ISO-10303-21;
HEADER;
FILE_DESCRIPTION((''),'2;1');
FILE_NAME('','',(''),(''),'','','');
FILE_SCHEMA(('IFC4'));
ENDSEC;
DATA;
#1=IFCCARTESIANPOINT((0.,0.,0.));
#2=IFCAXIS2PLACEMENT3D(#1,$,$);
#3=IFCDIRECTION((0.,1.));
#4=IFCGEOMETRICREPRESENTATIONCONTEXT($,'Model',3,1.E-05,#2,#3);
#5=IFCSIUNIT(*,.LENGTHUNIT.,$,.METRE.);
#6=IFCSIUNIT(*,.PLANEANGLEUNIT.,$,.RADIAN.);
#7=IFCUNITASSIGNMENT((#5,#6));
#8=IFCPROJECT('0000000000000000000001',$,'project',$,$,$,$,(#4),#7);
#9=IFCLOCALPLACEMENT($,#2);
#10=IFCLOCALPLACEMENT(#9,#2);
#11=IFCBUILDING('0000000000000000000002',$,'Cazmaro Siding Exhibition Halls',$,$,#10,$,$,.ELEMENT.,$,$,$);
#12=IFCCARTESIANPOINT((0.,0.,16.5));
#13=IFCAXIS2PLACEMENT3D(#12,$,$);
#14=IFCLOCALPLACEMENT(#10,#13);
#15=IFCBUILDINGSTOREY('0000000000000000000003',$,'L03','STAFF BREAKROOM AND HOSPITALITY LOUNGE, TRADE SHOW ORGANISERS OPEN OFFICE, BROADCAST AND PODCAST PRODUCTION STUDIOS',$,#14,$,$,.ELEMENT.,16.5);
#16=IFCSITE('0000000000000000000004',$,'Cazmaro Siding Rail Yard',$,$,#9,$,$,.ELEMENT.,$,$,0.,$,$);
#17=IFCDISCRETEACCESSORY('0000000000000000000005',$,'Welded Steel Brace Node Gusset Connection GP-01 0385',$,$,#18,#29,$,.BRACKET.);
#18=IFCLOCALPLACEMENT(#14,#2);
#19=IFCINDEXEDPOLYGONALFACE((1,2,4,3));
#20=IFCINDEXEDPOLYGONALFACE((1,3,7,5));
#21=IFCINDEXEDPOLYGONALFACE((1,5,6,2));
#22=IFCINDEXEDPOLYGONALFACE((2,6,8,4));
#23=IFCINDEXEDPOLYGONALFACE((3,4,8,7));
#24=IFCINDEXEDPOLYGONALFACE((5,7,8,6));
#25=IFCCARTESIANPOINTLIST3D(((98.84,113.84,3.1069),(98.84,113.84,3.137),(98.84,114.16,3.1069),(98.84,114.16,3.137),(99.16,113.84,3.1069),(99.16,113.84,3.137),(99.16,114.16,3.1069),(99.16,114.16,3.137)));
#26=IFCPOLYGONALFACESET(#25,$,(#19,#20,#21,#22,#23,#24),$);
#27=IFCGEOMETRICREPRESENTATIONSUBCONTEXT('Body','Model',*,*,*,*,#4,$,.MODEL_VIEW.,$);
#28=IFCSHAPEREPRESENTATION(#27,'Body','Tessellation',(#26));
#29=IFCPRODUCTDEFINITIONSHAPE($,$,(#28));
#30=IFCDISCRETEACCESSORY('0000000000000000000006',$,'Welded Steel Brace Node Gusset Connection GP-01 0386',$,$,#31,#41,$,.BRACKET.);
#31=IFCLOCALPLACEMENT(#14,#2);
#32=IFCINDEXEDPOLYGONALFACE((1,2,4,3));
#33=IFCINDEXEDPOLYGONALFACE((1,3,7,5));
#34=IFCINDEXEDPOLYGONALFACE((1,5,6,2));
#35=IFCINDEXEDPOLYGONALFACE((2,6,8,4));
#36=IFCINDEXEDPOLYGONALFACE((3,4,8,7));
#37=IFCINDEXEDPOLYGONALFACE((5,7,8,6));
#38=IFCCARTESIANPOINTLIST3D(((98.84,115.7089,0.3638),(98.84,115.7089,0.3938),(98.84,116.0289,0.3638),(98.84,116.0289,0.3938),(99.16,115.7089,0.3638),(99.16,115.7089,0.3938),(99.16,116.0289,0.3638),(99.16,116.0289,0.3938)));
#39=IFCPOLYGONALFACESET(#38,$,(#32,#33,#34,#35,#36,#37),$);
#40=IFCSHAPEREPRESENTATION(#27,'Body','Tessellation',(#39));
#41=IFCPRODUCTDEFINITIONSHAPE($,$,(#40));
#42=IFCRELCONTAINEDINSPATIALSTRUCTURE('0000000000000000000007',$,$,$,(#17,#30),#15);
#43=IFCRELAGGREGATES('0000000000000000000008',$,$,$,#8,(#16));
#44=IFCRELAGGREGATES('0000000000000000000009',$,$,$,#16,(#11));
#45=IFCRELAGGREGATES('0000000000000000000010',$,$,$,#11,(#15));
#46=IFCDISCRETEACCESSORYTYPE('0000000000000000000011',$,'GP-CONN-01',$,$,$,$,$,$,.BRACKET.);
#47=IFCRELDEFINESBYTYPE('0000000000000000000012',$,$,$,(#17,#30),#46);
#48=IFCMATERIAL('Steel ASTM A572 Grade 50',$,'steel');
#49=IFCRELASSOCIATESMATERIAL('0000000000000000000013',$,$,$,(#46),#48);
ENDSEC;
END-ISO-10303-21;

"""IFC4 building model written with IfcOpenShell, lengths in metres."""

from ifc_helpers import new_model, si_unit, direction, frame, origin, origin_2d, place, context, subcontext, project, spatial, rectangle, extrude, material, type_object, element, save


model = new_model("IFC4")

# Units and contexts
model_context = context("Model", 3, precision=1e-05, world=origin(), true_north=direction((0.0, 1.0)))
body_context = subcontext(model_context, "Body", "Model", "MODEL_VIEW")
ifc_project = project(units=[si_unit("LENGTHUNIT", "METRE"), si_unit("PLANEANGLEUNIT", "RADIAN")], contexts=[model_context])

# Site, building, storey
site_placement = place(None, origin())
site = spatial("IfcSite", under=ifc_project, at=site_placement, Name="Cazmaro Siding Rail Yard", CompositionType="ELEMENT", RefElevation=0.0)
building_placement = place(site_placement, origin())
building = spatial("IfcBuilding", under=site, at=building_placement, Name="Cazmaro Siding Exhibition Halls", CompositionType="ELEMENT")
storey_placement = place(building_placement, frame((0.0, 0.0, 16.5)))
storey = spatial("IfcBuildingStorey", under=building, at=storey_placement, Name="L03", Description="STAFF BREAKROOM AND HOSPITALITY LOUNGE, TRADE SHOW ORGANISERS OPEN OFFICE, BROADCAST AND PODCAST PRODUCTION STUDIOS", CompositionType="ELEMENT", Elevation=16.5)

# Discrete accessories
ifc_material_1 = material(Name="Steel ASTM A572 Grade 50", Category="steel")
discrete_accessory_type = type_object("IfcDiscreteAccessoryType", Name="GP-CONN-01", PredefinedType="BRACKET", material=ifc_material_1)
for number, where, z_axis, x_axis, name in (
    (1, (99.0, 114.0, 3.1069), (0.0, 0.0, 1.0), (1.0, 0.0, 0.0), "Welded Steel Brace Node Gusset Connection GP-01 0385"),
    (2, (99.0, 115.8689, 0.3638), (0.0, 0.0, 1.0), (1.0, 0.0, 0.0), "Welded Steel Brace Node Gusset Connection GP-01 0386"),
):
    element("IfcDiscreteAccessory", number, at=place(storey_placement, frame(where, z_axis=z_axis, x_axis=x_axis)), inside=storey, type_object=discrete_accessory_type, Name=name, PredefinedType="BRACKET", context=body_context, shape_type="SweptSolid", body=[
        extrude(rectangle(XDim=0.3201, YDim=0.3201, at=origin_2d()), origin(), (0.0, 0.0, 1.0), 0.03),
    ])

save(model, "model.ifc")
